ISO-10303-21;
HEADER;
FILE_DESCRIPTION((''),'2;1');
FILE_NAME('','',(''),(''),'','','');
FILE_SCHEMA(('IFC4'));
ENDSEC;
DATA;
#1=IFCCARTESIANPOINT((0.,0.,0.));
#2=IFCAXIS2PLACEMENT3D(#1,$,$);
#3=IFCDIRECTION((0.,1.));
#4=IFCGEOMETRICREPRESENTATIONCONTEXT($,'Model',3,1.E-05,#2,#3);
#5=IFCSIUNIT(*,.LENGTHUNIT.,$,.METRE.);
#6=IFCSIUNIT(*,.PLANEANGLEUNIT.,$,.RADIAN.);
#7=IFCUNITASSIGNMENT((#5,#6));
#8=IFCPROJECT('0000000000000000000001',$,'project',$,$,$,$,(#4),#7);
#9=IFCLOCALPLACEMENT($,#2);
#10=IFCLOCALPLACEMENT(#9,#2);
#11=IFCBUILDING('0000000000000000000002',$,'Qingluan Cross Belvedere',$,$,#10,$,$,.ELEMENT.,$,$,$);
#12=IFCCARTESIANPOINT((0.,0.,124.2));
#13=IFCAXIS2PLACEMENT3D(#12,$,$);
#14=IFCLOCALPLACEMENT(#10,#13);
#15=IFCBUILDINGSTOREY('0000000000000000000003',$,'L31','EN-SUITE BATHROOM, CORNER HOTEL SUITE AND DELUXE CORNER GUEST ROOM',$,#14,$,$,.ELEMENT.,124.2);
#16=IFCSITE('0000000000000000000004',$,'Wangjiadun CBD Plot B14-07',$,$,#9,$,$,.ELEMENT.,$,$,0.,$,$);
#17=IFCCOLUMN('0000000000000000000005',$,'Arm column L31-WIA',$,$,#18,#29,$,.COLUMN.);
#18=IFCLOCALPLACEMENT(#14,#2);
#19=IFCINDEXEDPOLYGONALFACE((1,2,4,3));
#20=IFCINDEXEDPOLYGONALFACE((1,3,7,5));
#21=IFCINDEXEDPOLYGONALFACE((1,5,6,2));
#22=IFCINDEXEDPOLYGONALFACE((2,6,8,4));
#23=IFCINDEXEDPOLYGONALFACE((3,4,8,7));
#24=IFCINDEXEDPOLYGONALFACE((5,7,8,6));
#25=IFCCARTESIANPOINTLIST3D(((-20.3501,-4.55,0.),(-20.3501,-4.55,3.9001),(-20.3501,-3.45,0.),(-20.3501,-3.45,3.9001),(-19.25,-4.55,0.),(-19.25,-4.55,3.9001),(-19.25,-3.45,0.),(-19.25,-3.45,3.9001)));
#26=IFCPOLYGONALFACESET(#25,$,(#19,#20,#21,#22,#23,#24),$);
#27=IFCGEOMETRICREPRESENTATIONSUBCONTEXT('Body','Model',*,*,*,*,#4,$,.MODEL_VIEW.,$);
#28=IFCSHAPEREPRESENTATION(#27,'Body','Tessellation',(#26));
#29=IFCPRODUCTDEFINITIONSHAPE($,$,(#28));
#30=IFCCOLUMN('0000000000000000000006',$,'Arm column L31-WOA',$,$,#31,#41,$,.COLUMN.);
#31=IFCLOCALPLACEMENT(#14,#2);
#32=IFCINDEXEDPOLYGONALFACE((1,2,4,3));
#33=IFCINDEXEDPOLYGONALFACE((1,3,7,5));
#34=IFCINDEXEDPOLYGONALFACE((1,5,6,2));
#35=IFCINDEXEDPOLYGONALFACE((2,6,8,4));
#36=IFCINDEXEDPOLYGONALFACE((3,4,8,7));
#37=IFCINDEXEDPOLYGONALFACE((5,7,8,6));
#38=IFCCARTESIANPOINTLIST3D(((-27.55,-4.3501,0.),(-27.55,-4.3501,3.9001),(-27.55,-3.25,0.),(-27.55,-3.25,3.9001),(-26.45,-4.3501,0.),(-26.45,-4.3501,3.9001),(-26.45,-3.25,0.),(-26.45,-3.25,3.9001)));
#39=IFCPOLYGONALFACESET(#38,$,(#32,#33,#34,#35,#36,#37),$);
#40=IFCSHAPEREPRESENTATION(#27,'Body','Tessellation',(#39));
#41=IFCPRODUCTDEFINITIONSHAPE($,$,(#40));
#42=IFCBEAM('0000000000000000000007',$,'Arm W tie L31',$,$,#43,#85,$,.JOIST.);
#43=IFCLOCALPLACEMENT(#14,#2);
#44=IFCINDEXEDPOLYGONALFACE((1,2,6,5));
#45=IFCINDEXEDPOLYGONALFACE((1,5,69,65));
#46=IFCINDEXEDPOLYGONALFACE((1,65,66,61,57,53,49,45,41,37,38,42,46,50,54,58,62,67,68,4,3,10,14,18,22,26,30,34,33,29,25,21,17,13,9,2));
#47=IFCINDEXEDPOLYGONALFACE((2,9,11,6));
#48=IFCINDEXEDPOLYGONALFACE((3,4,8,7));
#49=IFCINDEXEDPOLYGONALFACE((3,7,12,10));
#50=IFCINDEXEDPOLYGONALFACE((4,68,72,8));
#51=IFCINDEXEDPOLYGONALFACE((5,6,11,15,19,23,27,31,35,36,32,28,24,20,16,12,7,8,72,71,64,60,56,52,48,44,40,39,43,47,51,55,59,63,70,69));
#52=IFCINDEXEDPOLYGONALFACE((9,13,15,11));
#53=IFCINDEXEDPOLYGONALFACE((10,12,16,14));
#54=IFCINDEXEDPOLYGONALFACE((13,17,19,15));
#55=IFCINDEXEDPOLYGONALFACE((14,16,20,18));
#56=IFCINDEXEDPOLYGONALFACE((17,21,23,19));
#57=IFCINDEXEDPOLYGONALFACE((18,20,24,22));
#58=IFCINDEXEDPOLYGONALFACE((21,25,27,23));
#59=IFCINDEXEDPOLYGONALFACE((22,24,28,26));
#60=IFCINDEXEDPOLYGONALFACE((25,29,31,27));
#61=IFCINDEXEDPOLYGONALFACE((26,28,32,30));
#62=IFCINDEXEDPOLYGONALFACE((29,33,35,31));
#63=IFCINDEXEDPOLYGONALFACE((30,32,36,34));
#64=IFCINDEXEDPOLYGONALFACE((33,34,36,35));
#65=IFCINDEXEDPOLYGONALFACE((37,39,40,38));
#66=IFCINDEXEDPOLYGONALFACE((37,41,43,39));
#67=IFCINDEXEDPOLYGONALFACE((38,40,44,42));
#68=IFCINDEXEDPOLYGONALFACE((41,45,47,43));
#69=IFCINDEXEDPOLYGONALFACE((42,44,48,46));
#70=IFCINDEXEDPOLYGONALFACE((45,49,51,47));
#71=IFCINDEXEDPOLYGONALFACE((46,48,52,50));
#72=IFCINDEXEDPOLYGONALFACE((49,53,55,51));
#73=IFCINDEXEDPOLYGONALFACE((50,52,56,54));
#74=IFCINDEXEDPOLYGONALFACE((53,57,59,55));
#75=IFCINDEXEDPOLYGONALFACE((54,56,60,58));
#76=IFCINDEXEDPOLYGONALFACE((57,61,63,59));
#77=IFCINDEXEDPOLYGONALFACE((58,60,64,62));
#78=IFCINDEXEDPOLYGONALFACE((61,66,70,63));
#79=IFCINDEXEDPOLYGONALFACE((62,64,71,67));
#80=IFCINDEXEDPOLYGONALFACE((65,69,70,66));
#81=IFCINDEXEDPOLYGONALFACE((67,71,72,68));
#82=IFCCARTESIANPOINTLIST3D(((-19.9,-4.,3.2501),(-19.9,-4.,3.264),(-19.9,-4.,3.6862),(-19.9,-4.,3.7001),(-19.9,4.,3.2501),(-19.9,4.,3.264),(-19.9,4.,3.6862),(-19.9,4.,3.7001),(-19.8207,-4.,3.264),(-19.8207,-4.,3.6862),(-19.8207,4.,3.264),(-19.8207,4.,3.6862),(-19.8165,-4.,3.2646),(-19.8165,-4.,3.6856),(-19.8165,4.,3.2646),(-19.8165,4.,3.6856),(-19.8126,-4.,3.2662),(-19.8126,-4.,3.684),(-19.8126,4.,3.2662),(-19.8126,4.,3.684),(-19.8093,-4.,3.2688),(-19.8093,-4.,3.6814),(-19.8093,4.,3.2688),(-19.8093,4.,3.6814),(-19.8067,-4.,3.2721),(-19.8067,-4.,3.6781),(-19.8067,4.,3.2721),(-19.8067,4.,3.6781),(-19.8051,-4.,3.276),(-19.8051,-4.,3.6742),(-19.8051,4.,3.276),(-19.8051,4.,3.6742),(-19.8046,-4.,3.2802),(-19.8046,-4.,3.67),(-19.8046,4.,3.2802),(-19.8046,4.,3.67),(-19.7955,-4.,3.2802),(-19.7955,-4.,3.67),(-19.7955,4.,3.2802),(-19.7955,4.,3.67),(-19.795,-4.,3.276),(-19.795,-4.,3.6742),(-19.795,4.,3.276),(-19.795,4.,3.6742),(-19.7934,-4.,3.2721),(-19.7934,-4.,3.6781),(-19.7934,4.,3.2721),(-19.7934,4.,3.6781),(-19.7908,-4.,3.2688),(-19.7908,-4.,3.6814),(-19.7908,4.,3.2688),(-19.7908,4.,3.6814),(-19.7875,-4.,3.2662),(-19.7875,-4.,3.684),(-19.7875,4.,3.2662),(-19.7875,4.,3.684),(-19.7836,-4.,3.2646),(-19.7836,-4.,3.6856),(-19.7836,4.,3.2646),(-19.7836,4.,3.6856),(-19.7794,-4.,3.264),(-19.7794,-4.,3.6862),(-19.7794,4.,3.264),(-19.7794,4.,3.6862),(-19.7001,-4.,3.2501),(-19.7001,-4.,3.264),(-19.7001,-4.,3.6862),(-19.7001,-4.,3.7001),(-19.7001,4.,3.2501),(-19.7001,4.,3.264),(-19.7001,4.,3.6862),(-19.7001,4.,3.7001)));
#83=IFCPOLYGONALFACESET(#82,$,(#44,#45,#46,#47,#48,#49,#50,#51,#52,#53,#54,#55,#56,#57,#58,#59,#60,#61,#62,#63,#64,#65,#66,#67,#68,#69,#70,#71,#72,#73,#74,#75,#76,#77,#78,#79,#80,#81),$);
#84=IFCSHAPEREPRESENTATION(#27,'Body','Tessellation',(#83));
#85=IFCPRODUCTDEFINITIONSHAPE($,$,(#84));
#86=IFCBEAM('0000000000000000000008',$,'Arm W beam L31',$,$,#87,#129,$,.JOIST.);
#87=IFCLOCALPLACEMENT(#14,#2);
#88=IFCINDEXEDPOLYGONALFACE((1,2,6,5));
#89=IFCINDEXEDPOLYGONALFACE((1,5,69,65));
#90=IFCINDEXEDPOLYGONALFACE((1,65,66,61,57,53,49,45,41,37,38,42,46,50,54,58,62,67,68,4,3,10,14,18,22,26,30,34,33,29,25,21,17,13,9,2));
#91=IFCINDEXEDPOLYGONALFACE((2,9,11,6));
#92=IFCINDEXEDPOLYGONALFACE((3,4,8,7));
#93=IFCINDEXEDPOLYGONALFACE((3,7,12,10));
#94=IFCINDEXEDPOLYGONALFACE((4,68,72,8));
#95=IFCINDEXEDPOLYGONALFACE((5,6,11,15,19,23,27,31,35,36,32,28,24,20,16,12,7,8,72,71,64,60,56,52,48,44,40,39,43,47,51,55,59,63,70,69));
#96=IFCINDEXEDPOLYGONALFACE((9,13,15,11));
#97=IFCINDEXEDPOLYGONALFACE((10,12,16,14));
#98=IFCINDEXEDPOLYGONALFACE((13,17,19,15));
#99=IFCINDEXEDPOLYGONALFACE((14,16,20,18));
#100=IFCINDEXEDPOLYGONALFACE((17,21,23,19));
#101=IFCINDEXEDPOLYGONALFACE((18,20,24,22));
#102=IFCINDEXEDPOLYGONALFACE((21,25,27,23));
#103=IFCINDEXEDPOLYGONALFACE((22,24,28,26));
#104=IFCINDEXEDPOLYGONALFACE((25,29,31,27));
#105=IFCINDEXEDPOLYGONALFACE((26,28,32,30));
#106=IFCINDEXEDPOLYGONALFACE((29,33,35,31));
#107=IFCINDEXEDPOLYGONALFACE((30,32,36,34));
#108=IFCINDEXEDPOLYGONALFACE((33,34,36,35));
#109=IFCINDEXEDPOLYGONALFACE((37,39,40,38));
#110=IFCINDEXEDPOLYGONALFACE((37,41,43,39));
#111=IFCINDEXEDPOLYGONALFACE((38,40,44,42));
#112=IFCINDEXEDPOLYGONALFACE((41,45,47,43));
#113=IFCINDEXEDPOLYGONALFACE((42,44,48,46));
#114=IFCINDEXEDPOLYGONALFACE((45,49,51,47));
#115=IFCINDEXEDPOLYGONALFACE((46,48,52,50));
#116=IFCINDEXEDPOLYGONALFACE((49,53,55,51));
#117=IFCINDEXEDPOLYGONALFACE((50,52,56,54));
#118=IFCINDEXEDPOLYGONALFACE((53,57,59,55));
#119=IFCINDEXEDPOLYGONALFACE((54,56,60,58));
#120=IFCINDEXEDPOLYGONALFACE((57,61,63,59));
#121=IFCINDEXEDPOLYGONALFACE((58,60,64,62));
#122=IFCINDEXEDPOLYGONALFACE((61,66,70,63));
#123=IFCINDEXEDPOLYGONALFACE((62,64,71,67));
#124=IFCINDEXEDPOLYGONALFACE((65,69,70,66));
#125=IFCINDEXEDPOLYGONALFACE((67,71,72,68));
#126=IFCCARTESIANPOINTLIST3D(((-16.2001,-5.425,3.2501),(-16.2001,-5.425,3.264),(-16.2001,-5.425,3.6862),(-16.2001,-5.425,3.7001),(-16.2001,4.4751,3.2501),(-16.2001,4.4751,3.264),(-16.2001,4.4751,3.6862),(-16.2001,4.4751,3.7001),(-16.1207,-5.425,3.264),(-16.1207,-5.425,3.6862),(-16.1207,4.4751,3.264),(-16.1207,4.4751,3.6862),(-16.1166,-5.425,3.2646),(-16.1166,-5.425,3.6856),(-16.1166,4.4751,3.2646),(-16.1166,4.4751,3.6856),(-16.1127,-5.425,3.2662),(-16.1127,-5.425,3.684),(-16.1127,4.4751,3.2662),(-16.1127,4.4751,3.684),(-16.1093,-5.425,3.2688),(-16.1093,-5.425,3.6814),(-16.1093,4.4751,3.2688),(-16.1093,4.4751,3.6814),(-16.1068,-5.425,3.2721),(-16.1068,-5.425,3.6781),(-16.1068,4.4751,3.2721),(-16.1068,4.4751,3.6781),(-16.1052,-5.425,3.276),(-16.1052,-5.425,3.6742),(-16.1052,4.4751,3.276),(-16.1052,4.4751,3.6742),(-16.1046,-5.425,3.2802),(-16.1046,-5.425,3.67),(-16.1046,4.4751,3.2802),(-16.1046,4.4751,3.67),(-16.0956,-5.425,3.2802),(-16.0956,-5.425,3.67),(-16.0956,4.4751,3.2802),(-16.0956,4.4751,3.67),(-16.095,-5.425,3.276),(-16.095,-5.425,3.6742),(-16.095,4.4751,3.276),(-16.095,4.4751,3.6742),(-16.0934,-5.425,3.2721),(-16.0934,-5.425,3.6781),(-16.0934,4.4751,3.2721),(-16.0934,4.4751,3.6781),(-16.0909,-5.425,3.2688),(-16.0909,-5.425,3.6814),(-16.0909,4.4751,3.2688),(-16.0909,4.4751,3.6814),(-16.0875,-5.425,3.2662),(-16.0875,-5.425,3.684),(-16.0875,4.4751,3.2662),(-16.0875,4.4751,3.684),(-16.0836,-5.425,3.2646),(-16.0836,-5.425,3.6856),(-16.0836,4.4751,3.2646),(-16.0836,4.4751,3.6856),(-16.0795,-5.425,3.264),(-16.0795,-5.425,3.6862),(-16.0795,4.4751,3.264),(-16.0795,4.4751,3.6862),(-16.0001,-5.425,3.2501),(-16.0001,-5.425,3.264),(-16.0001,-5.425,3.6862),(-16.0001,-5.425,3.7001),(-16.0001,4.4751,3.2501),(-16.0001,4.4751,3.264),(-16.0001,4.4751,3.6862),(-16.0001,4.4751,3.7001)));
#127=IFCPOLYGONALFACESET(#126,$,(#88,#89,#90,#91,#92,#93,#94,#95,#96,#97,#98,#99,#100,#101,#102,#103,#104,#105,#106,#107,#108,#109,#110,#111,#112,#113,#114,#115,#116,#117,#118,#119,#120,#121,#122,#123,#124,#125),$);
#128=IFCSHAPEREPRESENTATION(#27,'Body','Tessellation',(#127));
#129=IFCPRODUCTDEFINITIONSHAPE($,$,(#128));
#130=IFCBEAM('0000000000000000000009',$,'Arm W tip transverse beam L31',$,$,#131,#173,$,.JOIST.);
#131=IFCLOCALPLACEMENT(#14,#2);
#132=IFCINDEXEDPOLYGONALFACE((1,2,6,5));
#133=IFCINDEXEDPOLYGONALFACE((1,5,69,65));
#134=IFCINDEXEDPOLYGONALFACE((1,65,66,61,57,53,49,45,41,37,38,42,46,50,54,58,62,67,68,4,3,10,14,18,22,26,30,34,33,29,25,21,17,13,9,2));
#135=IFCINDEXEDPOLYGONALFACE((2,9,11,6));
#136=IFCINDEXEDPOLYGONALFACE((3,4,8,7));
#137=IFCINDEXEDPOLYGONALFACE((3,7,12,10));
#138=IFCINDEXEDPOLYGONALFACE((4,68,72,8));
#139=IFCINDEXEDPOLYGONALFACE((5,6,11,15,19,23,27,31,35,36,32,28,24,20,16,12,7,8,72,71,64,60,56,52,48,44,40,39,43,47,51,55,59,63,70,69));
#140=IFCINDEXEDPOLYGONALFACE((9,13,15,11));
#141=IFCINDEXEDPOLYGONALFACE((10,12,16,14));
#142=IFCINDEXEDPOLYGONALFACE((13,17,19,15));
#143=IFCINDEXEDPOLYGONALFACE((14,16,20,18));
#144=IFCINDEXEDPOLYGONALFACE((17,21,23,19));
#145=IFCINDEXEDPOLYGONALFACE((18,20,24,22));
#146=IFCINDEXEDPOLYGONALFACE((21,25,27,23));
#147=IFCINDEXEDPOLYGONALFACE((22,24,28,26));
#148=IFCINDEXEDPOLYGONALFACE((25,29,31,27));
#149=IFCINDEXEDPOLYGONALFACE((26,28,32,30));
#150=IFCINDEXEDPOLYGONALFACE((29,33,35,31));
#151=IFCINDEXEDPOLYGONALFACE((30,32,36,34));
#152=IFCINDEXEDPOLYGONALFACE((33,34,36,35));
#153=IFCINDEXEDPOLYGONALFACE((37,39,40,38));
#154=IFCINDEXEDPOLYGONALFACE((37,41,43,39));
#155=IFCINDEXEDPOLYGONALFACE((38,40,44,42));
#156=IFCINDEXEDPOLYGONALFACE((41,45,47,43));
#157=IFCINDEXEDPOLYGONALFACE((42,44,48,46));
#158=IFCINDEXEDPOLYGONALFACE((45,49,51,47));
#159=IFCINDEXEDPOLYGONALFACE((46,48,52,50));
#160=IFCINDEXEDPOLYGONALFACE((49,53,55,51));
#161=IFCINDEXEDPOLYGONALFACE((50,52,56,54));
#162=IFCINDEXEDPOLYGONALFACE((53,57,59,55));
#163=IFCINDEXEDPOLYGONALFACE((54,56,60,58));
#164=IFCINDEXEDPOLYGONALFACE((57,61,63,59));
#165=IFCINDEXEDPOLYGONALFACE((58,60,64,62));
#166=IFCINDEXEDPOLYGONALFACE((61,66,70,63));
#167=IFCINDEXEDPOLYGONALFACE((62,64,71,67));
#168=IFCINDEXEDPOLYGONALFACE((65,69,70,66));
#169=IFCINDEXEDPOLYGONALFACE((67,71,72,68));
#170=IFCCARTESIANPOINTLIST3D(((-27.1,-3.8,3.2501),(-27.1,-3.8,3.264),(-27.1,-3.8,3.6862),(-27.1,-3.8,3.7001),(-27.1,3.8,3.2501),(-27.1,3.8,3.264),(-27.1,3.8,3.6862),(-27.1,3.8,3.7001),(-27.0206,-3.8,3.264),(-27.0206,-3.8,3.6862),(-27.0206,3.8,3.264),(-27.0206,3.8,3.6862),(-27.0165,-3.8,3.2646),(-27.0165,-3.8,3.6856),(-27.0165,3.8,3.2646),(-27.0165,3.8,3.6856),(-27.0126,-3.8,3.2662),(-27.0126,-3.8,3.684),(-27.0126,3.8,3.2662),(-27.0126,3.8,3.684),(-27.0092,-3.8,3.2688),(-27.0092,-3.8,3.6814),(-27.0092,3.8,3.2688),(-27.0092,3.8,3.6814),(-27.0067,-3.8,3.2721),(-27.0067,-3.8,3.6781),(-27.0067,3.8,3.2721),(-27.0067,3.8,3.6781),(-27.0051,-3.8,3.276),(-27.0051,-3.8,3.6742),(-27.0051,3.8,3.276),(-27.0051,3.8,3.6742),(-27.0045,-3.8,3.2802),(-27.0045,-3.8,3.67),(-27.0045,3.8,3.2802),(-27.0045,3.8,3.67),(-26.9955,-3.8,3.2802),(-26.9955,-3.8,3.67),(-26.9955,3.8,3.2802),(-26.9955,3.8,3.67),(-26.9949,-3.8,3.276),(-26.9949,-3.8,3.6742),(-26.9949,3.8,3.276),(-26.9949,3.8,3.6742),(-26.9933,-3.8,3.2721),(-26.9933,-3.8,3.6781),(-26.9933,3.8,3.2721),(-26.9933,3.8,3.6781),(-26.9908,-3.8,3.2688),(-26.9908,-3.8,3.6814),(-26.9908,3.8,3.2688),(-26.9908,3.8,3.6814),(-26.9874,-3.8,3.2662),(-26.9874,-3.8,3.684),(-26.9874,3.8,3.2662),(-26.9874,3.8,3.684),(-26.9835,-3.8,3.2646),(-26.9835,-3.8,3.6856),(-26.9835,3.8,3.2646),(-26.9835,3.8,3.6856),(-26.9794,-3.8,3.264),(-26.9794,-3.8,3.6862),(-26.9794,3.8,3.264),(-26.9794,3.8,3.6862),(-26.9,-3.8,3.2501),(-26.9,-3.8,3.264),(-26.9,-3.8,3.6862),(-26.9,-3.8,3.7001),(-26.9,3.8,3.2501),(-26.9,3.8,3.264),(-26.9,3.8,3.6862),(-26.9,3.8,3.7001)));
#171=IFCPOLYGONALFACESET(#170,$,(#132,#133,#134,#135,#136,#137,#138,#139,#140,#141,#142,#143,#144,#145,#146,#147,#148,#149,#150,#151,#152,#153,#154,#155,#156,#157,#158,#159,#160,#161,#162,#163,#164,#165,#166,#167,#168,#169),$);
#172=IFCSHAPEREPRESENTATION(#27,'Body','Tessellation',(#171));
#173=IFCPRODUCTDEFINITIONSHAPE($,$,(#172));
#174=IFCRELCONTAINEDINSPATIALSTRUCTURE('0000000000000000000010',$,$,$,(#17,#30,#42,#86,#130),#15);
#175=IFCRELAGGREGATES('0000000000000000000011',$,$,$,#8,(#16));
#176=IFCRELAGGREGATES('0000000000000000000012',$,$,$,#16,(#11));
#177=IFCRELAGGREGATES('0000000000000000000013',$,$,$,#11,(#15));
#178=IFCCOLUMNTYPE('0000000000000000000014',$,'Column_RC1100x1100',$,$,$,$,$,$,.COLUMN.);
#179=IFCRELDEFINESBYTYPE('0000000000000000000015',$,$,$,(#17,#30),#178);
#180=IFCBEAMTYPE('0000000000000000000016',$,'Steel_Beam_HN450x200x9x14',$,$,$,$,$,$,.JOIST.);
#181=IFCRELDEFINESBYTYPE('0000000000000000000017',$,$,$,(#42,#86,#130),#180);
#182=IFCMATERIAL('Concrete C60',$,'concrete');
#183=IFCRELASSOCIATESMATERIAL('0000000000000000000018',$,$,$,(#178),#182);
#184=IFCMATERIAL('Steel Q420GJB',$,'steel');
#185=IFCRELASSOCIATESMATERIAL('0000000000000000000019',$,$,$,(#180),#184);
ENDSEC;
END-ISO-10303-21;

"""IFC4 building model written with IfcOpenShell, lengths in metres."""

from ifc_helpers import new_model, si_unit, direction, frame, origin, origin_2d, place, context, subcontext, project, spatial, rectangle, i_section, extrude, material, material_profile, profile_set, type_object, element, save


model = new_model("IFC4")

# Units and contexts
model_context = context("Model", 3, precision=1e-05, world=origin(), true_north=direction((0.0, 1.0)))
body_context = subcontext(model_context, "Body", "Model", "MODEL_VIEW")
ifc_project = project(units=[si_unit("LENGTHUNIT", "METRE"), si_unit("PLANEANGLEUNIT", "RADIAN")], contexts=[model_context])

# Site, building, storey
site_placement = place(None, origin())
site = spatial("IfcSite", under=ifc_project, at=site_placement, Name="Wangjiadun CBD Plot B14-07", CompositionType="ELEMENT", RefElevation=0.0)
building_placement = place(site_placement, origin())
building = spatial("IfcBuilding", under=site, at=building_placement, Name="Qingluan Cross Belvedere", CompositionType="ELEMENT")
storey_placement = place(building_placement, frame((0.0, 0.0, 124.2)))
storey = spatial("IfcBuildingStorey", under=building, at=storey_placement, Name="L31", Description="EN-SUITE BATHROOM, CORNER HOTEL SUITE AND DELUXE CORNER GUEST ROOM", CompositionType="ELEMENT", Elevation=124.2)

# Columns
ifc_material_1 = material(Name="Concrete C60", Category="concrete")
ifc_material_profile_1 = material_profile(ifc_material_1, rectangle(XDim=1.1001, YDim=1.1001, at=origin_2d()), Name="RC1100x1100")
ifc_profile_set_1 = profile_set([ifc_material_profile_1], Name="Concrete C60")
column_type = type_object("IfcColumnType", Name="Column_RC1100x1100", PredefinedType="COLUMN", material=ifc_profile_set_1)
for number, where, z_axis, x_axis, name in (
    (1, (-19.8, -4.0, 0.0), (0.0, 0.0, 1.0), (1.0, 0.0, 0.0), "Arm column L31-WIA"),
    (2, (-27.0, -3.8, 0.0), (0.0, 0.0, 1.0), (1.0, 0.0, 0.0), "Arm column L31-WOA"),
):
    element("IfcColumn", number, at=place(storey_placement, frame(where, z_axis=z_axis, x_axis=x_axis)), inside=storey, type_object=column_type, Name=name, PredefinedType="COLUMN", context=body_context, shape_type="SweptSolid", body=[
        extrude(rectangle(XDim=1.1001, YDim=1.1001, at=origin_2d()), origin(), (0.0, 0.0, 1.0), 3.9001),
    ])

# Beams
ifc_material_2 = material(Name="Steel Q420GJB", Category="steel")
ifc_material_profile_2 = material_profile(ifc_material_2, i_section(OverallWidth=0.2, OverallDepth=0.45, WebThickness=0.009, FlangeThickness=0.0139, FilletRadius=0.0161, at=origin_2d()), Name="HN450x200x9x14")
ifc_profile_set_2 = profile_set([ifc_material_profile_2], Name="Steel Q420GJB")
beam_type_1 = type_object("IfcBeamType", Name="Steel_Beam_HN450x200x9x14", PredefinedType="JOIST", material=ifc_profile_set_2)
beam_1_placement = place(storey_placement, frame((-19.8, -4.0, 3.4751), z_axis=(0.0, 1.0, 0.0), x_axis=(-1.0, 0.0, 0.0)))
element("IfcBeam", 3, at=beam_1_placement, inside=storey, type_object=beam_type_1, Name="Arm W tie L31", PredefinedType="JOIST", context=body_context, shape_type="SweptSolid", body=[
    extrude(i_section(OverallWidth=0.2, OverallDepth=0.45, WebThickness=0.009, FlangeThickness=0.0139, FilletRadius=0.0161, at=origin_2d()), origin(), (0.0, 0.0, 1.0), 8.0),
])
beam_2_placement = place(storey_placement, frame((-16.1001, -5.425, 3.4751), z_axis=(0.0, 1.0, 0.0), x_axis=(-1.0, 0.0, 0.0)))
element("IfcBeam", 4, at=beam_2_placement, inside=storey, type_object=beam_type_1, Name="Arm W beam L31", PredefinedType="JOIST", context=body_context, shape_type="SweptSolid", body=[
    extrude(i_section(OverallWidth=0.2, OverallDepth=0.45, WebThickness=0.009, FlangeThickness=0.0139, FilletRadius=0.0161, at=origin_2d()), origin(), (0.0, 0.0, 1.0), 9.9001),
])
beam_3_placement = place(storey_placement, frame((-27.0, -3.8, 3.4751), z_axis=(0.0, 1.0, 0.0), x_axis=(-1.0, 0.0, 0.0)))
element("IfcBeam", 5, at=beam_3_placement, inside=storey, type_object=beam_type_1, Name="Arm W tip transverse beam L31", PredefinedType="JOIST", context=body_context, shape_type="SweptSolid", body=[
    extrude(i_section(OverallWidth=0.2, OverallDepth=0.45, WebThickness=0.009, FlangeThickness=0.0139, FilletRadius=0.0161, at=origin_2d()), origin(), (0.0, 0.0, 1.0), 7.6001),
])

save(model, "model.ifc")
